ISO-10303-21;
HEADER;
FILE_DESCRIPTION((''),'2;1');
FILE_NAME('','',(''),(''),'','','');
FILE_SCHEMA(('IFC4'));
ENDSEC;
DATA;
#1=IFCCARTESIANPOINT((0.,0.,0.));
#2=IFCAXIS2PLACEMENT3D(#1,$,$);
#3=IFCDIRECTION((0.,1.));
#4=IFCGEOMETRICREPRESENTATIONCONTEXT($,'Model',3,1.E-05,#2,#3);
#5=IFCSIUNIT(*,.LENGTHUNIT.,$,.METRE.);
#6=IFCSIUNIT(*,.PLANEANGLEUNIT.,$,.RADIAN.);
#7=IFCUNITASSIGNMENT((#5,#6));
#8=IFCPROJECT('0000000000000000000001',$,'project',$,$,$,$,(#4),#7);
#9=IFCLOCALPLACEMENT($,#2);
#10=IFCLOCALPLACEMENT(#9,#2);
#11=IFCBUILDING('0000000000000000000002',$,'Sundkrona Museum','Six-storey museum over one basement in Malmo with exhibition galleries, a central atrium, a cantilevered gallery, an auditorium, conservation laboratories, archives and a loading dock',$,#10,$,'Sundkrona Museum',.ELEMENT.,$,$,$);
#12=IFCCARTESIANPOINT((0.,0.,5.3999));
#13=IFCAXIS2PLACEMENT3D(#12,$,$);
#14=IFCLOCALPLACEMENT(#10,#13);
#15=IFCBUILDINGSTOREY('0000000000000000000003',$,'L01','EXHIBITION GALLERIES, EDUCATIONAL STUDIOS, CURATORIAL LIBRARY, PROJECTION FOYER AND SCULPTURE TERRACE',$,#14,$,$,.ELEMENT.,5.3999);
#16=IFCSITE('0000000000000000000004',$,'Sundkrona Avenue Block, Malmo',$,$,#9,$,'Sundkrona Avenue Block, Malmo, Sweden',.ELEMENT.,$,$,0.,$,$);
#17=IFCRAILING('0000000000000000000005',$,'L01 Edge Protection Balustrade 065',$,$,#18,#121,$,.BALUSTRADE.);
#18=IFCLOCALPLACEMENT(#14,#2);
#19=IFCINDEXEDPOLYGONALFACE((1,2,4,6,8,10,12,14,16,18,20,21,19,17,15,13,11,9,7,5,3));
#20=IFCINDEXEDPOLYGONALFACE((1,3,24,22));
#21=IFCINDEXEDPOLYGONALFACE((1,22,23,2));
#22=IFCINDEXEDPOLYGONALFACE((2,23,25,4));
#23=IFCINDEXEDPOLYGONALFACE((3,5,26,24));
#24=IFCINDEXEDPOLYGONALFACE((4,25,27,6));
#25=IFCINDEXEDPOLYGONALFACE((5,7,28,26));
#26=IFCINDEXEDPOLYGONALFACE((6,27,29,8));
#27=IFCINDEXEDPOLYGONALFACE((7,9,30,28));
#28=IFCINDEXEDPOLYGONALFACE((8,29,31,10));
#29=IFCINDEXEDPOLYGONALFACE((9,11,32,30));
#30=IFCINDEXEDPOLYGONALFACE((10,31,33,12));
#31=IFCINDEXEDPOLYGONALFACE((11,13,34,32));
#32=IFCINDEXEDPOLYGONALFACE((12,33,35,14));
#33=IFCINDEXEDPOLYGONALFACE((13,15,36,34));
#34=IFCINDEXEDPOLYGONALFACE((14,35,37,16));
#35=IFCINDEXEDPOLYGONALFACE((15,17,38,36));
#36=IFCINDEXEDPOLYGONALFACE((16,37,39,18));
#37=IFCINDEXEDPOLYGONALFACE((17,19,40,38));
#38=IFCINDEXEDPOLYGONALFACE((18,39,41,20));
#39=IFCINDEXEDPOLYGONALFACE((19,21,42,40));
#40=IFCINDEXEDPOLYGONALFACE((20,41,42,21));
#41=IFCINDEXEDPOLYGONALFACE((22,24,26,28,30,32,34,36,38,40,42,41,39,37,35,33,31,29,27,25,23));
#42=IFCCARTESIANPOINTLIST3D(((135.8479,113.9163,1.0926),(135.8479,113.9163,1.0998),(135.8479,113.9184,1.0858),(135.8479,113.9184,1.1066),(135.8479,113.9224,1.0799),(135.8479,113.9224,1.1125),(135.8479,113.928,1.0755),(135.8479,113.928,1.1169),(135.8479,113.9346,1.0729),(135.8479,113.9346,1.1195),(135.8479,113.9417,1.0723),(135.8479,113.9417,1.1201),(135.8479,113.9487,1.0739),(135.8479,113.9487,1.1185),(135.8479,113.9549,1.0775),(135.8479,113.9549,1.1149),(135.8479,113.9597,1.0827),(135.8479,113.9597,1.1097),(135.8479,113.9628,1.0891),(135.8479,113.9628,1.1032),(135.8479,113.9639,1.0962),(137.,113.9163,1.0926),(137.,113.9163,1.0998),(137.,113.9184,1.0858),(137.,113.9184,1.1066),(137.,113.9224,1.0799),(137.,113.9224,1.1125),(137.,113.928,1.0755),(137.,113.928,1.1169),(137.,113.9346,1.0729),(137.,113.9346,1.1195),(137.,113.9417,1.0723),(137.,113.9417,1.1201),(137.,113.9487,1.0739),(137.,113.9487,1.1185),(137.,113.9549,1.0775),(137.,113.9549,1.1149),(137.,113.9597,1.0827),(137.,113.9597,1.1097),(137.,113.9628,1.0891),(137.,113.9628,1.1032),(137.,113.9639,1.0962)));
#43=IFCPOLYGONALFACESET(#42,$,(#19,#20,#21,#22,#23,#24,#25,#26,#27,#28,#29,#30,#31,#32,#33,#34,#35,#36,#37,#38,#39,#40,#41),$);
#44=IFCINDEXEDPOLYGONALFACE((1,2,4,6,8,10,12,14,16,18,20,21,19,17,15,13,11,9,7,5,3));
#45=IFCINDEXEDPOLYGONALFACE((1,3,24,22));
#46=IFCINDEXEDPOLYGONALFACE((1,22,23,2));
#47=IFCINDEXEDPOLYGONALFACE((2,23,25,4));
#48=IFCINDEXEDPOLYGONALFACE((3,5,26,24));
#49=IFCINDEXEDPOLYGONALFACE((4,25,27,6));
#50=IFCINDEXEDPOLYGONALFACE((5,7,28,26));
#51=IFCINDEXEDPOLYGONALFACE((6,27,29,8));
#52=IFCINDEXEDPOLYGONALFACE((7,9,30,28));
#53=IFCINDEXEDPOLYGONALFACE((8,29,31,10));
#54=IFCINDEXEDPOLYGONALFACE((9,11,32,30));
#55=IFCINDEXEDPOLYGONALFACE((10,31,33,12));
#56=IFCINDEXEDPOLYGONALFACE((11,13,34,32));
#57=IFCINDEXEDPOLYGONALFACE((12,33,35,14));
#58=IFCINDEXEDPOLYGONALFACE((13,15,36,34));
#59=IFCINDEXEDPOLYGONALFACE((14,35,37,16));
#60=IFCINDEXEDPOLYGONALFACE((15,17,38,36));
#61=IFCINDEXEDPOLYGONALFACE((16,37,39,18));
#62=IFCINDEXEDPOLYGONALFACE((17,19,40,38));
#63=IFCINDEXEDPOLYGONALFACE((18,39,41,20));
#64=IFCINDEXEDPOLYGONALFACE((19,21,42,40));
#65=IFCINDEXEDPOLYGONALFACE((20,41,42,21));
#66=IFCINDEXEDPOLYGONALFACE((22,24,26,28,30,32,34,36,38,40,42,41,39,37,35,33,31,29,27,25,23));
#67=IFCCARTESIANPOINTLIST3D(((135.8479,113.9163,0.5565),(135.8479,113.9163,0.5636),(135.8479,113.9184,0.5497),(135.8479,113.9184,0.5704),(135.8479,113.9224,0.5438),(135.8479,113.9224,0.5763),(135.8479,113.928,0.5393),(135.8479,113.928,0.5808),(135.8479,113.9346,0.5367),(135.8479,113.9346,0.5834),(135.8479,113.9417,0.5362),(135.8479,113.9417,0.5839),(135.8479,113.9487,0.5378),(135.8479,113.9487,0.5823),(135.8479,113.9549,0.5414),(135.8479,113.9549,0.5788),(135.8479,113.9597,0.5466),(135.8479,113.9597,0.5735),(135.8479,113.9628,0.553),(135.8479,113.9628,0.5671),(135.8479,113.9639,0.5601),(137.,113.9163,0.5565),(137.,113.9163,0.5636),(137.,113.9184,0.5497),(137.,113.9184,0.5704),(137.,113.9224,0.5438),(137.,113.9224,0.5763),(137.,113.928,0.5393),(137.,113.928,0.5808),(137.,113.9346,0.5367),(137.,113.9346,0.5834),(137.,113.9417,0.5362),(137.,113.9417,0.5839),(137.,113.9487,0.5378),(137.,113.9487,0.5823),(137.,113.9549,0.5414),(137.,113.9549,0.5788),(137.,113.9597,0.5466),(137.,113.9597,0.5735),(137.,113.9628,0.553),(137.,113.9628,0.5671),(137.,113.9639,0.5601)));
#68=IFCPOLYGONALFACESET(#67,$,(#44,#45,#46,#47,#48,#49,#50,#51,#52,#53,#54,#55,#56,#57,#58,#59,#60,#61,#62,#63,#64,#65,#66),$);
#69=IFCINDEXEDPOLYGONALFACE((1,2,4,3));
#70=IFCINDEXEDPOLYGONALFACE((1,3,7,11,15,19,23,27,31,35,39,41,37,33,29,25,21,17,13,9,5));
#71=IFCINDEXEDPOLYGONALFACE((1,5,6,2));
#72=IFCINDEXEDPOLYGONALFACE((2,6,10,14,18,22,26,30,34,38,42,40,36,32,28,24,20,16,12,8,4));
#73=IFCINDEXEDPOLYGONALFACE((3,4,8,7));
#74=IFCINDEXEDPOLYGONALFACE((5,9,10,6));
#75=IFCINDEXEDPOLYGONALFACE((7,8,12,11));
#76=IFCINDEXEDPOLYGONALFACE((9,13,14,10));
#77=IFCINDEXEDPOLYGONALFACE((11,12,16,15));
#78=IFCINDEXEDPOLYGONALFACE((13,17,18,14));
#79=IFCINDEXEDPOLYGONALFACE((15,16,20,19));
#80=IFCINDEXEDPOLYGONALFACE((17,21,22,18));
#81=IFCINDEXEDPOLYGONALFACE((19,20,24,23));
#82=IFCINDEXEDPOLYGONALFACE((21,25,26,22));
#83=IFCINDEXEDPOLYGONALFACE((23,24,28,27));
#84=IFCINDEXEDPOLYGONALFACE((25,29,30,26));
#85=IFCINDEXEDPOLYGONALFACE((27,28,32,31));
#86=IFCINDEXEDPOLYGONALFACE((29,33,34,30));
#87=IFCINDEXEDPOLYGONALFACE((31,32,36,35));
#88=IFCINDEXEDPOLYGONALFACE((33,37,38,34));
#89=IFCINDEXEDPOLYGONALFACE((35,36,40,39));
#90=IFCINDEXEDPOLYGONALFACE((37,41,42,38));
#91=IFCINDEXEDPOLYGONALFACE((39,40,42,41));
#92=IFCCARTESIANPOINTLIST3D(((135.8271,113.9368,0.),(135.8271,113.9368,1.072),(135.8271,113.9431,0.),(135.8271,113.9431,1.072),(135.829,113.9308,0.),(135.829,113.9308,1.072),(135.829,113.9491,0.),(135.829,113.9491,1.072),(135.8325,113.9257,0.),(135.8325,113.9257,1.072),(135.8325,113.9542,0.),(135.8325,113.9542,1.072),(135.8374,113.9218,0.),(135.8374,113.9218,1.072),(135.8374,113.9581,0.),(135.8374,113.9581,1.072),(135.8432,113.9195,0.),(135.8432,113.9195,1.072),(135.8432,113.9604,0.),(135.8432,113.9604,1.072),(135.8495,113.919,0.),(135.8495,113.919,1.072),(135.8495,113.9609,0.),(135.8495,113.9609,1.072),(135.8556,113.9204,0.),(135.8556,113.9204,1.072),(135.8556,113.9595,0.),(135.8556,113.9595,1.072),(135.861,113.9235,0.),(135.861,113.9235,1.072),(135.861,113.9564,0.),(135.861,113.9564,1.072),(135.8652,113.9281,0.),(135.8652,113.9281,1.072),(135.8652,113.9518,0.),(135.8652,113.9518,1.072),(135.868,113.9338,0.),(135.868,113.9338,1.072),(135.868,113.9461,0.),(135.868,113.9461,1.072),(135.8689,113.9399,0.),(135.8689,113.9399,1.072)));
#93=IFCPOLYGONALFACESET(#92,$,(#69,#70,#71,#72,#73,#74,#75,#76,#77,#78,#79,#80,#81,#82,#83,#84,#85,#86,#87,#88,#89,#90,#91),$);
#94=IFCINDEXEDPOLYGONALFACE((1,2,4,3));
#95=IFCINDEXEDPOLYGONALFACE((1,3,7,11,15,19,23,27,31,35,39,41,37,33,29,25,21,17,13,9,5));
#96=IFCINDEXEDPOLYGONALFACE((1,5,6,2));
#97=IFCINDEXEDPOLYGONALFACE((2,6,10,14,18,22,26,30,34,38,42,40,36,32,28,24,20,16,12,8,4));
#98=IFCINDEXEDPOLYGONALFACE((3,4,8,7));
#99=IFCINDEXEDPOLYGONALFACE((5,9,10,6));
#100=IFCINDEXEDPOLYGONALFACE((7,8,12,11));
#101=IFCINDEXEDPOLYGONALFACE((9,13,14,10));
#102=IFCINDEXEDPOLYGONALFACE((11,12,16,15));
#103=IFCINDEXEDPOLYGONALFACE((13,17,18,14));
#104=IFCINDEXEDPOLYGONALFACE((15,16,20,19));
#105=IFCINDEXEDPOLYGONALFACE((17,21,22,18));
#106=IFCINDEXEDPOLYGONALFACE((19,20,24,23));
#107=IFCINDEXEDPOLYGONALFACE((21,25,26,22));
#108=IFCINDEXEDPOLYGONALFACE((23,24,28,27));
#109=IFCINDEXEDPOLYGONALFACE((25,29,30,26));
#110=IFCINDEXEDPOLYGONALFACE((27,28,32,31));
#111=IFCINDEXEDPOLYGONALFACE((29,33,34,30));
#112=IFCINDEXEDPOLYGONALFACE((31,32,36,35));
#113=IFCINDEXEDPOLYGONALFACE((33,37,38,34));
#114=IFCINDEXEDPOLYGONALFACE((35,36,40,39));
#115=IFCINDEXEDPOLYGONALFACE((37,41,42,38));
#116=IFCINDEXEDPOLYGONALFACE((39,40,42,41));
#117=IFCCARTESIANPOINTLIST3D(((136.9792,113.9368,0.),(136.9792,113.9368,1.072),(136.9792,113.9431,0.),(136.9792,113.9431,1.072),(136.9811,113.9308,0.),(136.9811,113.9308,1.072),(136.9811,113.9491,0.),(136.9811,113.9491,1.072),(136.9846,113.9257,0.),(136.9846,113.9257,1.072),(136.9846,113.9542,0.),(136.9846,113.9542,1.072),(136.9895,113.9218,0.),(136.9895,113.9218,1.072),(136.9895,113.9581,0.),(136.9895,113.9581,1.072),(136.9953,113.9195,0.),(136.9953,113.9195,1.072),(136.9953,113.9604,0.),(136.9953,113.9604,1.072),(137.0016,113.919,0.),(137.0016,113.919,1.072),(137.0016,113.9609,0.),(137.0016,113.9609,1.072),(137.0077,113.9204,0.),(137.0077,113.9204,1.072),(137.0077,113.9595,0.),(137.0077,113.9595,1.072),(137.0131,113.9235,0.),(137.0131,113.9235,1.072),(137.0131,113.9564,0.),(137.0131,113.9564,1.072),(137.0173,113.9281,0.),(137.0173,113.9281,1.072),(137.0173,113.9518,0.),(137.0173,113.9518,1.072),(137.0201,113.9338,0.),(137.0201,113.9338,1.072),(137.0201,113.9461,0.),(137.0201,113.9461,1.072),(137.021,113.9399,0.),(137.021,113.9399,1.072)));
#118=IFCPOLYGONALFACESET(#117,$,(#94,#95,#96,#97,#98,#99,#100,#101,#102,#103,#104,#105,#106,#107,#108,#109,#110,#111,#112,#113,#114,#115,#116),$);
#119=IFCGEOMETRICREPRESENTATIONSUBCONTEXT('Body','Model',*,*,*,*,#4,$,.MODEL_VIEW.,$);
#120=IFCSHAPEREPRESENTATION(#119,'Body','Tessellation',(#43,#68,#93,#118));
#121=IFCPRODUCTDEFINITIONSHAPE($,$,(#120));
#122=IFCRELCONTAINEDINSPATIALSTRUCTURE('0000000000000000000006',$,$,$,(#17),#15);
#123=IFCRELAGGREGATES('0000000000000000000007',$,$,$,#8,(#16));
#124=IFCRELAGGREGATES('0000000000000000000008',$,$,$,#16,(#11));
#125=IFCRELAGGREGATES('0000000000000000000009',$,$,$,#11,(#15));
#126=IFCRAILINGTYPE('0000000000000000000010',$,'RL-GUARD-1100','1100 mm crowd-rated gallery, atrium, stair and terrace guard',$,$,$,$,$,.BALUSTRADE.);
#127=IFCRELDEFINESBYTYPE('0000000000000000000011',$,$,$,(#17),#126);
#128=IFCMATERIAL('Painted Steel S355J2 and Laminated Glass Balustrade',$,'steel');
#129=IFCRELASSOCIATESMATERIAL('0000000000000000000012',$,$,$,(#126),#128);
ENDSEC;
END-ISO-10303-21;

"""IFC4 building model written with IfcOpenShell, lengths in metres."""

from ifc_helpers import new_model, si_unit, direction, frame, origin, origin_2d, place, context, subcontext, project, spatial, circle, extrude, material, type_object, element, save


model = new_model("IFC4")

# Units and contexts
model_context = context("Model", 3, precision=1e-05, world=origin(), true_north=direction((0.0, 1.0)))
body_context = subcontext(model_context, "Body", "Model", "MODEL_VIEW")
ifc_project = project(units=[si_unit("LENGTHUNIT", "METRE"), si_unit("PLANEANGLEUNIT", "RADIAN")], contexts=[model_context])

# Site, building, storey
site_placement = place(None, origin())
site = spatial("IfcSite", under=ifc_project, at=site_placement, Name="Sundkrona Avenue Block, Malmo", LongName="Sundkrona Avenue Block, Malmo, Sweden", CompositionType="ELEMENT", RefElevation=0.0)
building_placement = place(site_placement, origin())
building = spatial("IfcBuilding", under=site, at=building_placement, Name="Sundkrona Museum", Description="Six-storey museum over one basement in Malmo with exhibition galleries, a central atrium, a cantilevered gallery, an auditorium, conservation laboratories, archives and a loading dock", LongName="Sundkrona Museum", CompositionType="ELEMENT")
storey_placement = place(building_placement, frame((0.0, 0.0, 5.3999)))
storey = spatial("IfcBuildingStorey", under=building, at=storey_placement, Name="L01", Description="EXHIBITION GALLERIES, EDUCATIONAL STUDIOS, CURATORIAL LIBRARY, PROJECTION FOYER AND SCULPTURE TERRACE", CompositionType="ELEMENT", Elevation=5.3999)

# Railing
ifc_material_1 = material(Name="Painted Steel S355J2 and Laminated Glass Balustrade", Category="steel")
railing_type = type_object("IfcRailingType", Name="RL-GUARD-1100", Description="1100 mm crowd-rated gallery, atrium, stair and terrace guard", PredefinedType="BALUSTRADE", material=ifc_material_1)
railing_1_placement = place(storey_placement, frame((135.8479, 113.9399, 0.0)))
element("IfcRailing", 1, at=railing_1_placement, inside=storey, type_object=railing_type, Name="L01 Edge Protection Balustrade 065", PredefinedType="BALUSTRADE", context=body_context, shape_type="SweptSolid", body=[
    extrude(circle(Radius=0.0239, at=origin_2d()), frame((0.0, 0.0, 1.0962), z_axis=(1.0, 0.0, 0.0), x_axis=(0.0, 1.0, 0.0)), (0.0, 0.0, 1.0), 1.1521),
    extrude(circle(Radius=0.0239, at=origin_2d()), frame((0.0, 0.0, 0.5601), z_axis=(1.0, 0.0, 0.0), x_axis=(0.0, 1.0, 0.0)), (0.0, 0.0, 1.0), 1.1521),
    extrude(circle(Radius=0.021, at=origin_2d()), origin(), (0.0, 0.0, 1.0), 1.072),
    extrude(circle(Radius=0.021, at=origin_2d()), frame((1.1521, 0.0, 0.0)), (0.0, 0.0, 1.0), 1.072),
])

save(model, "model.ifc")
